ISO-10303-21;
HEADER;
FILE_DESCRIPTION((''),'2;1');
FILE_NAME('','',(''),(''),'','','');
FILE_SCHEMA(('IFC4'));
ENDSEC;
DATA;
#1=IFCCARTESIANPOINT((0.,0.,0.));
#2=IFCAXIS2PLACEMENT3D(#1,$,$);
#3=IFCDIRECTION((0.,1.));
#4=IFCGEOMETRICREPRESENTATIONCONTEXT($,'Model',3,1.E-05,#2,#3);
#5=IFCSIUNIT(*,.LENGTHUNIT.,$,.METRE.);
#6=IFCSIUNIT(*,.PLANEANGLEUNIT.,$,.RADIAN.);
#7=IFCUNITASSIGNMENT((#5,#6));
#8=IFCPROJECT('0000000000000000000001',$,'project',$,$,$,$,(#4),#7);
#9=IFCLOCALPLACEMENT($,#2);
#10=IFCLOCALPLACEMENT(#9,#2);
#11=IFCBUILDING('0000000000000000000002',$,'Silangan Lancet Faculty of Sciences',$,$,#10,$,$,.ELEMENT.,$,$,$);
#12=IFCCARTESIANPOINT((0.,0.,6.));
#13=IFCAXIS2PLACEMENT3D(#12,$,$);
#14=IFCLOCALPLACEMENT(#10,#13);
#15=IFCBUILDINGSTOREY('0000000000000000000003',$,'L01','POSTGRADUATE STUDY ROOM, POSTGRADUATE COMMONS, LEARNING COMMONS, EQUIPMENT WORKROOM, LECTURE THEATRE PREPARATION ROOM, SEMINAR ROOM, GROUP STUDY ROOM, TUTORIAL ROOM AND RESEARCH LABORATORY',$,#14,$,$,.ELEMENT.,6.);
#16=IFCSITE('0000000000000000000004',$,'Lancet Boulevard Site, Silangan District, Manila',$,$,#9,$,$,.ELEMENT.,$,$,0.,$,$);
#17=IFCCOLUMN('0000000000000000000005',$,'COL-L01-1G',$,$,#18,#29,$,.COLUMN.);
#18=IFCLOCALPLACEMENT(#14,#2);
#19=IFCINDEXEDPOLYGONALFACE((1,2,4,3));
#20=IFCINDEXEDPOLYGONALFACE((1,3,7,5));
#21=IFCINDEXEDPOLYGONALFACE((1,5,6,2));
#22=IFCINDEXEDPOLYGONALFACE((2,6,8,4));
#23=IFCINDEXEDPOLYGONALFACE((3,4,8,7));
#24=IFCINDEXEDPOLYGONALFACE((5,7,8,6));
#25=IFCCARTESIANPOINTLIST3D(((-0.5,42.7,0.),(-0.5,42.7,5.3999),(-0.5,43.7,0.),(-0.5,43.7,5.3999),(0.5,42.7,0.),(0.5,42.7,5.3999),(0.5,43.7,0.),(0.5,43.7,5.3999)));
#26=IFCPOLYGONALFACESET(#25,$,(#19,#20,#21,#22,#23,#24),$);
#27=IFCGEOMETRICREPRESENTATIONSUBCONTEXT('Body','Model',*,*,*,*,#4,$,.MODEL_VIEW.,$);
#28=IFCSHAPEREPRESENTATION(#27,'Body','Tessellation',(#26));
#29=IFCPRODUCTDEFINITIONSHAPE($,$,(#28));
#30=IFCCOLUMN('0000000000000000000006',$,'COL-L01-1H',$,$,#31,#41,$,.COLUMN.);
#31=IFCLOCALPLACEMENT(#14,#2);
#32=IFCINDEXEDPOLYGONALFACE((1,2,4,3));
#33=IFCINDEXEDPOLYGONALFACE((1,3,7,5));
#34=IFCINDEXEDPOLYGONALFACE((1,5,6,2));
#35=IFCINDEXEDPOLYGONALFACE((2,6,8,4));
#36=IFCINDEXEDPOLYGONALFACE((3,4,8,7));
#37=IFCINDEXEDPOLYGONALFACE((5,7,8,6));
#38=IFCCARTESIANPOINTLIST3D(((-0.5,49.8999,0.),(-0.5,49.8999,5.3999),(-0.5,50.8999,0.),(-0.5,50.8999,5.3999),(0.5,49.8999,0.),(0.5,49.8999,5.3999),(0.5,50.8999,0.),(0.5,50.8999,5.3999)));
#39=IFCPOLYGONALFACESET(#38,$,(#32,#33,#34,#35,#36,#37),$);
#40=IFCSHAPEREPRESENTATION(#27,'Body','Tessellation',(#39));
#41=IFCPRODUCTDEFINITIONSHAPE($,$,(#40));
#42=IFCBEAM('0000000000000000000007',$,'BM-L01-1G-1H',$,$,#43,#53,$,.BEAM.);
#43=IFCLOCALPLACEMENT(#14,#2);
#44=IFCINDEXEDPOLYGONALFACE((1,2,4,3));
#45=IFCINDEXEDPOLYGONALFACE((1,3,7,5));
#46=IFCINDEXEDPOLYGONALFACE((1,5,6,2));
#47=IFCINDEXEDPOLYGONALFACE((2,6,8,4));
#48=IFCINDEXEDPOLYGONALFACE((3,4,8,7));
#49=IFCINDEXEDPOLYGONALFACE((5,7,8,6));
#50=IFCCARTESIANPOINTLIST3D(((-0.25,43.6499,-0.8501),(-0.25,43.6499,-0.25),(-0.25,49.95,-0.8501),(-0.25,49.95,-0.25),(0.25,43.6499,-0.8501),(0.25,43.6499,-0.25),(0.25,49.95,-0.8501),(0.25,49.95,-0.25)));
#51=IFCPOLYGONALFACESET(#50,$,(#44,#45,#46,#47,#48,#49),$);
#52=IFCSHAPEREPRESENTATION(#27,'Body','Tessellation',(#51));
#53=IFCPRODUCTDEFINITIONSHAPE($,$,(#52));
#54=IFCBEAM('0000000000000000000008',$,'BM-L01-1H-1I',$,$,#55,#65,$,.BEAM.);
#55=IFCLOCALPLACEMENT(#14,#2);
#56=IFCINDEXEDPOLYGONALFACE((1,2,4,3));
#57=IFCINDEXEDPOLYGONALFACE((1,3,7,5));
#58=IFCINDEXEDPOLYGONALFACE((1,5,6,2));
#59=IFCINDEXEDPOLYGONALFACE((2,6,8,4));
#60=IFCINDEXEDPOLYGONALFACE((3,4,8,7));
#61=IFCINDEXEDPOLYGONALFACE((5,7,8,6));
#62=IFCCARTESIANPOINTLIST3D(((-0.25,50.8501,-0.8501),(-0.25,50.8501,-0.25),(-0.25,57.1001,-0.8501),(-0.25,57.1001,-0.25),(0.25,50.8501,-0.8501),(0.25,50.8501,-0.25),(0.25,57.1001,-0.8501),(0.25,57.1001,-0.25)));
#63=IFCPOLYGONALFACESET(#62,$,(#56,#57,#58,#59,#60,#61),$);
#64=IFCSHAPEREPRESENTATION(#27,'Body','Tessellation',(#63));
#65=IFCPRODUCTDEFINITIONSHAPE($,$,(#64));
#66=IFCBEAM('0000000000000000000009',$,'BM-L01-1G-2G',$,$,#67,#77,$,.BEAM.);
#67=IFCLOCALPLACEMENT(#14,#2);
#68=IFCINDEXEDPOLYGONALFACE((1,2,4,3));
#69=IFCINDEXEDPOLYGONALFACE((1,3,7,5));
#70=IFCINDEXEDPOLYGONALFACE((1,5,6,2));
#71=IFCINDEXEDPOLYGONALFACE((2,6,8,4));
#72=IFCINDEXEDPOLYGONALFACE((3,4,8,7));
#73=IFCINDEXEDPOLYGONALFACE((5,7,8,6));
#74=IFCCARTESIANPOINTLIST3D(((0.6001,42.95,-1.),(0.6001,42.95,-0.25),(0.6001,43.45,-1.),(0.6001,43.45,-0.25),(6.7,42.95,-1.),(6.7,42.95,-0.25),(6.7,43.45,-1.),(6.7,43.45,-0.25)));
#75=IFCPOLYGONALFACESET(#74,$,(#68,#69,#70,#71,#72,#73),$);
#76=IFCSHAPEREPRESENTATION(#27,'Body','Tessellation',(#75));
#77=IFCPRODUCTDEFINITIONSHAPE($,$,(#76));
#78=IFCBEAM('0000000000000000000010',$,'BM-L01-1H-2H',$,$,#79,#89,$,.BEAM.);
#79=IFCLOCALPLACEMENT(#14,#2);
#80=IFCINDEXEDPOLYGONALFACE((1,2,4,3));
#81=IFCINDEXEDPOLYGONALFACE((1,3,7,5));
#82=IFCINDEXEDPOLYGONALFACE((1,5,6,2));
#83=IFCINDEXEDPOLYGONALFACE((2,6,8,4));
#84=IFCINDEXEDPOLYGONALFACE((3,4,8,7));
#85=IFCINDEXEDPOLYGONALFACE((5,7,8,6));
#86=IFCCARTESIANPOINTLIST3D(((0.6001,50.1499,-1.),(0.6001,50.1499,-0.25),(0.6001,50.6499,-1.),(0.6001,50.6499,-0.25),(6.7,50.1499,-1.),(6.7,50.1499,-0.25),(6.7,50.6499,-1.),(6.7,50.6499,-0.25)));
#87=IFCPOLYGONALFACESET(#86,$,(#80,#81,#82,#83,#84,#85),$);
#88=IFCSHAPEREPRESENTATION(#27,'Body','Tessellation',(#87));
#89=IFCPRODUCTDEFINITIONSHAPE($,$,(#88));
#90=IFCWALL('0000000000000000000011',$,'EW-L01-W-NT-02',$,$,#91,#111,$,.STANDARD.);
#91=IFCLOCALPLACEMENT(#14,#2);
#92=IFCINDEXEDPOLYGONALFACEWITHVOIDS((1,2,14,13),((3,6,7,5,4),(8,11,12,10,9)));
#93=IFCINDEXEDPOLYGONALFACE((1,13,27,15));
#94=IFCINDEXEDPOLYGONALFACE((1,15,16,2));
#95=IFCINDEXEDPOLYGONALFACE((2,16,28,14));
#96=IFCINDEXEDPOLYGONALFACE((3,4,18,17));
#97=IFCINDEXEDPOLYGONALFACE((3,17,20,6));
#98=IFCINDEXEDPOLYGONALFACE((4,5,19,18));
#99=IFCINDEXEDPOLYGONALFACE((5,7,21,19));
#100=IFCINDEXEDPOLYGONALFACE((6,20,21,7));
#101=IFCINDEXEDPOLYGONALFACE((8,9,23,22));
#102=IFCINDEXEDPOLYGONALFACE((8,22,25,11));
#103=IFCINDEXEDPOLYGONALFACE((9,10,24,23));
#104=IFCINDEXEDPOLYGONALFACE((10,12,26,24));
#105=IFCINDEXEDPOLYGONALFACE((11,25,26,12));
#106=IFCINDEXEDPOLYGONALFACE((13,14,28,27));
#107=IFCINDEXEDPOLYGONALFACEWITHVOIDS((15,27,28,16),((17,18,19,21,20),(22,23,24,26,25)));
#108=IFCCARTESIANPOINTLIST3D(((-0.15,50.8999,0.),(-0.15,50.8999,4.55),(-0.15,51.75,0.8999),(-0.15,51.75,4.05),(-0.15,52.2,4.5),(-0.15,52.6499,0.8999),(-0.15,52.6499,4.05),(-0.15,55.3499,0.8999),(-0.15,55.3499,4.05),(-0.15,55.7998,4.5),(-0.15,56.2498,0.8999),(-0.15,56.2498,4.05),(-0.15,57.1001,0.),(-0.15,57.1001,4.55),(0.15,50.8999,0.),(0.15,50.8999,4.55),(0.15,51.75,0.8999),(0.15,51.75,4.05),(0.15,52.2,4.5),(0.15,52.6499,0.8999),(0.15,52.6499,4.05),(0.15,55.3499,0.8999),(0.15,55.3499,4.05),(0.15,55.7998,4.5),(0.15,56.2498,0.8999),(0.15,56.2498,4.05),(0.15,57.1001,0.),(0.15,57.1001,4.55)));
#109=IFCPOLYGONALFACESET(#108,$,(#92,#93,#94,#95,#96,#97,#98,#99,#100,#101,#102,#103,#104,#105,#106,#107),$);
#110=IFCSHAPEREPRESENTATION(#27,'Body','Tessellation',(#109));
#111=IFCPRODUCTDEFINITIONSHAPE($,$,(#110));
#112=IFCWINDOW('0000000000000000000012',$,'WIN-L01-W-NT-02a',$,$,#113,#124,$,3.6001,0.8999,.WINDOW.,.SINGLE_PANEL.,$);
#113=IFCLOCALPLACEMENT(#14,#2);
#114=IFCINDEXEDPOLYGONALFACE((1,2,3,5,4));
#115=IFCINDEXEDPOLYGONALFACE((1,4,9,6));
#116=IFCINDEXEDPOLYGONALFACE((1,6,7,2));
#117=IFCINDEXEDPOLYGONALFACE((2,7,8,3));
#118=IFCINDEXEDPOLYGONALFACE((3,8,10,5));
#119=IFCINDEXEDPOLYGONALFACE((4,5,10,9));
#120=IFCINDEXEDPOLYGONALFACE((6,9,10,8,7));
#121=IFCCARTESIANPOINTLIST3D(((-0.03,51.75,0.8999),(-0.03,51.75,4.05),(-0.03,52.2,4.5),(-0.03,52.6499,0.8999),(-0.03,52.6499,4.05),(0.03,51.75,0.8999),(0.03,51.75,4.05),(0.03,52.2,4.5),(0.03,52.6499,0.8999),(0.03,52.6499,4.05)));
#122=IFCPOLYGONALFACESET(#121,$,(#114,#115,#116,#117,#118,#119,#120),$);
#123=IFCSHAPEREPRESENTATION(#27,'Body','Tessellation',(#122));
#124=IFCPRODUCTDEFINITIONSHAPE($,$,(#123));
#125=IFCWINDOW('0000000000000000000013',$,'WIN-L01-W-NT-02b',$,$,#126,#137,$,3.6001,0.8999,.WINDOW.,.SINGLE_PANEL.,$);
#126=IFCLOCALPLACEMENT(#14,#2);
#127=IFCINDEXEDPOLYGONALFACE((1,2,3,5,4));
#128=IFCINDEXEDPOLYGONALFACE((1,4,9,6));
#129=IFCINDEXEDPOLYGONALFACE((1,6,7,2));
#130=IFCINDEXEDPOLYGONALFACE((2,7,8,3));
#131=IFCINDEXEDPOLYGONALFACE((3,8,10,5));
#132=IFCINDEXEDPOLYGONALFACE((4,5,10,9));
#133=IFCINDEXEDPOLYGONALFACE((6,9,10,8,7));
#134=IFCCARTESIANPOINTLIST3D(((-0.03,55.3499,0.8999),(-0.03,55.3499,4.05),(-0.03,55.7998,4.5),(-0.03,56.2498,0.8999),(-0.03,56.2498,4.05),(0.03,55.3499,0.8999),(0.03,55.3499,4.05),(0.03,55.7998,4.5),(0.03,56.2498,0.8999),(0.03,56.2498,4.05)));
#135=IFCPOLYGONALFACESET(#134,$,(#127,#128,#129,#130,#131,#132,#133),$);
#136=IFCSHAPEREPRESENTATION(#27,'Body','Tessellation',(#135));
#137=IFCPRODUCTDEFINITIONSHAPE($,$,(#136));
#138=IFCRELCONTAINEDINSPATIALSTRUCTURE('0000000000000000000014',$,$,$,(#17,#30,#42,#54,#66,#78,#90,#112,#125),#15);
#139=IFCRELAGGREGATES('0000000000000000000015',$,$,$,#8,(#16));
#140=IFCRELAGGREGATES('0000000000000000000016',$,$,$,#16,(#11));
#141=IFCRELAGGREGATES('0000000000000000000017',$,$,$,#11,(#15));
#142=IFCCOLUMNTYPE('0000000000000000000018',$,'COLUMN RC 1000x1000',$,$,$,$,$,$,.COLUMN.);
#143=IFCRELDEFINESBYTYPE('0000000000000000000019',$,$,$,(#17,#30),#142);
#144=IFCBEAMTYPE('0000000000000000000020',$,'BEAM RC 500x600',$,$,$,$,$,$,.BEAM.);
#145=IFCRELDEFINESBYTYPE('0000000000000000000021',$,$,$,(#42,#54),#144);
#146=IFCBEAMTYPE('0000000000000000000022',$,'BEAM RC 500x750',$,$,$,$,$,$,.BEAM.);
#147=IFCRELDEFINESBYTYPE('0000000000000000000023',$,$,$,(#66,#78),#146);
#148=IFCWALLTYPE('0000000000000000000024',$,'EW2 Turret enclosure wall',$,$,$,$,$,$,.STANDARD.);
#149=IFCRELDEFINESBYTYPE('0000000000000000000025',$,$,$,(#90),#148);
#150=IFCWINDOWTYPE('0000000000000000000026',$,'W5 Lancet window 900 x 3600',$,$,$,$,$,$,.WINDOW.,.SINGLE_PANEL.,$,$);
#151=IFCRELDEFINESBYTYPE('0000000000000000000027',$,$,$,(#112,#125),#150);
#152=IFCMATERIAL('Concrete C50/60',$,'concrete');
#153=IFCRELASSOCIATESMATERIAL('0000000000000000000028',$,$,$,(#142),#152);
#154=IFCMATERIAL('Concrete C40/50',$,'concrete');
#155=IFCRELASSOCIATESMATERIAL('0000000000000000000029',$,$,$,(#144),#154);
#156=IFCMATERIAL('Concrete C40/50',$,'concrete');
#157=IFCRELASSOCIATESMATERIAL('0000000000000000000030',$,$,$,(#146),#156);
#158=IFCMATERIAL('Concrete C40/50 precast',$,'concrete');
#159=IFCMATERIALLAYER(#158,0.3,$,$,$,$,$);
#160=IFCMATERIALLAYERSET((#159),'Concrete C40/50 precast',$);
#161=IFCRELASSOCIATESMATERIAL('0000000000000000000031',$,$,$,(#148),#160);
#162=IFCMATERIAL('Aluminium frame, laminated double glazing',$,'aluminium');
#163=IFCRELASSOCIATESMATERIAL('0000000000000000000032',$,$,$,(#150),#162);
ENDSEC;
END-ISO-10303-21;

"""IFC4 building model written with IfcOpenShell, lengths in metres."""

from ifc_helpers import new_model, si_unit, direction, frame, frame_2d, origin, origin_2d, place, context, subcontext, project, spatial, polyline, rectangle, outline, extrude, material, layer, layer_set, material_profile, profile_set, type_object, element, fill, save


model = new_model("IFC4")

# Units and contexts
model_context = context("Model", 3, precision=1e-05, world=origin(), true_north=direction((0.0, 1.0)))
body_context = subcontext(model_context, "Body", "Model", "MODEL_VIEW")
ifc_project = project(units=[si_unit("LENGTHUNIT", "METRE"), si_unit("PLANEANGLEUNIT", "RADIAN")], contexts=[model_context])

# Site, building, storey
site_placement = place(None, origin())
site = spatial("IfcSite", under=ifc_project, at=site_placement, Name="Lancet Boulevard Site, Silangan District, Manila", CompositionType="ELEMENT", RefElevation=0.0)
building_placement = place(site_placement, origin())
building = spatial("IfcBuilding", under=site, at=building_placement, Name="Silangan Lancet Faculty of Sciences", CompositionType="ELEMENT")
storey_placement = place(building_placement, frame((0.0, 0.0, 6.0)))
storey = spatial("IfcBuildingStorey", under=building, at=storey_placement, Name="L01", Description="POSTGRADUATE STUDY ROOM, POSTGRADUATE COMMONS, LEARNING COMMONS, EQUIPMENT WORKROOM, LECTURE THEATRE PREPARATION ROOM, SEMINAR ROOM, GROUP STUDY ROOM, TUTORIAL ROOM AND RESEARCH LABORATORY", CompositionType="ELEMENT", Elevation=6.0)

# Columns
ifc_material_1 = material(Name="Concrete C50/60", Category="concrete")
ifc_material_profile_1 = material_profile(ifc_material_1, rectangle(XDim=1.0, YDim=1.0, at=origin_2d()), Name="RC 1000x1000")
ifc_profile_set_1 = profile_set([ifc_material_profile_1], Name="Concrete C50/60")
column_type = type_object("IfcColumnType", Name="COLUMN RC 1000x1000", PredefinedType="COLUMN", material=ifc_profile_set_1)
for number, where, z_axis, x_axis, name in (
    (1, (0.0, 43.2, 0.0), (0.0, 0.0, 1.0), (1.0, 0.0, 0.0), "COL-L01-1G"),
    (2, (0.0, 50.3999, 0.0), (0.0, 0.0, 1.0), (1.0, 0.0, 0.0), "COL-L01-1H"),
):
    element("IfcColumn", number, at=place(storey_placement, frame(where, z_axis=z_axis, x_axis=x_axis)), inside=storey, type_object=column_type, Name=name, PredefinedType="COLUMN", context=body_context, shape_type="SweptSolid", body=[
        extrude(rectangle(XDim=1.0, YDim=1.0, at=origin_2d()), origin(), (0.0, 0.0, 1.0), 5.3999),
    ])

# Beams
ifc_material_2 = material(Name="Concrete C40/50", Category="concrete")
ifc_material_profile_2 = material_profile(ifc_material_2, rectangle(XDim=0.5, YDim=0.6001, at=origin_2d()), Name="RC 500x600")
ifc_profile_set_2 = profile_set([ifc_material_profile_2], Name="Concrete C40/50")
beam_type_1 = type_object("IfcBeamType", Name="BEAM RC 500x600", PredefinedType="BEAM", material=ifc_profile_set_2)
beam_1_placement = place(storey_placement, frame((0.0, 43.6499, -0.55), z_axis=(0.0, 1.0, 0.0), x_axis=(-1.0, 0.0, 0.0)))
element("IfcBeam", 3, at=beam_1_placement, inside=storey, type_object=beam_type_1, Name="BM-L01-1G-1H", PredefinedType="BEAM", context=body_context, shape_type="SweptSolid", body=[
    extrude(rectangle(XDim=0.5, YDim=0.6001, at=origin_2d()), origin(), (0.0, 0.0, 1.0), 6.3),
])
beam_2_placement = place(storey_placement, frame((0.0, 50.8501, -0.55), z_axis=(0.0, 1.0, 0.0), x_axis=(-1.0, 0.0, 0.0)))
element("IfcBeam", 4, at=beam_2_placement, inside=storey, type_object=beam_type_1, Name="BM-L01-1H-1I", PredefinedType="BEAM", context=body_context, shape_type="SweptSolid", body=[
    extrude(rectangle(XDim=0.5, YDim=0.6001, at=origin_2d()), origin(), (0.0, 0.0, 1.0), 6.25),
])
ifc_material_3 = material(Name="Concrete C40/50", Category="concrete")
ifc_material_profile_3 = material_profile(ifc_material_3, rectangle(XDim=0.5, YDim=0.75, at=origin_2d()), Name="RC 500x750")
ifc_profile_set_3 = profile_set([ifc_material_profile_3], Name="Concrete C40/50")
beam_type_2 = type_object("IfcBeamType", Name="BEAM RC 500x750", PredefinedType="BEAM", material=ifc_profile_set_3)
for number, where, z_axis, x_axis, name in (
    (5, (0.6001, 43.2, -0.625), (1.0, 0.0, 0.0), (0.0, 1.0, 0.0), "BM-L01-1G-2G"),
    (6, (0.6001, 50.3999, -0.625), (1.0, 0.0, 0.0), (0.0, 1.0, 0.0), "BM-L01-1H-2H"),
):
    element("IfcBeam", number, at=place(storey_placement, frame(where, z_axis=z_axis, x_axis=x_axis)), inside=storey, type_object=beam_type_2, Name=name, PredefinedType="BEAM", context=body_context, shape_type="SweptSolid", body=[
        extrude(rectangle(XDim=0.5, YDim=0.75, at=origin_2d()), origin(), (0.0, 0.0, 1.0), 6.0999),
    ])

# Wall, openings, windows
ifc_material_4 = material(Name="Concrete C40/50 precast", Category="concrete")
ifc_layer_1 = layer(ifc_material_4, 0.3)
ifc_layer_set_1 = layer_set([ifc_layer_1], Name="Concrete C40/50 precast")
wall_type_1 = type_object("IfcWallType", Name="EW2 Turret enclosure wall", PredefinedType="STANDARD", material=ifc_layer_set_1)
wall_1_placement = place(storey_placement, frame((0.0, 50.8999, 0.0), z_axis=(0.0, 0.0, 1.0), x_axis=(0.0, 1.0, 0.0)))
wall_1 = element("IfcWall", 7, at=wall_1_placement, inside=storey, type_object=wall_type_1, Name="EW-L01-W-NT-02", PredefinedType="STANDARD", context=body_context, shape_type="SweptSolid", body=[
    extrude(rectangle(XDim=6.2002, YDim=0.3, at=frame_2d((3.1001, 0.0))), origin(), (0.0, 0.0, 1.0), 4.55),
])
opening_1_placement = place(wall_1_placement, frame((0.8501, 0.0, 0.8999)))
opening_1 = element("IfcOpeningElement", 8, at=opening_1_placement, cuts=wall_1, PredefinedType="OPENING", context=body_context, shape_type="SweptSolid", body=[
    extrude(outline(polyline([(0.0, 0.0), (0.8999, 0.0), (0.8999, 3.1501), (0.45, 3.6001), (0.0, 3.1501), (0.0, 0.0)])), frame((0.0, 0.1599, 0.0), z_axis=(0.0, -1.0, 0.0), x_axis=(1.0, 0.0, 0.0)), (0.0, 0.0, 1.0), 0.3201),
])
opening_2_placement = place(wall_1_placement, frame((4.45, 0.0, 0.8999)))
opening_2 = element("IfcOpeningElement", 9, at=opening_2_placement, cuts=wall_1, PredefinedType="OPENING", context=body_context, shape_type="SweptSolid", body=[
    extrude(outline(polyline([(0.0, 0.0), (0.8999, 0.0), (0.8999, 3.1501), (0.45, 3.6001), (0.0, 3.1501), (0.0, 0.0)])), frame((0.0, 0.1599, 0.0), z_axis=(0.0, -1.0, 0.0), x_axis=(1.0, 0.0, 0.0)), (0.0, 0.0, 1.0), 0.3201),
])
ifc_material_5 = material(Name="Aluminium frame, laminated double glazing", Category="aluminium")
window_type_1 = type_object("IfcWindowType", Name="W5 Lancet window 900 x 3600", PartitioningType="SINGLE_PANEL", PredefinedType="WINDOW", material=ifc_material_5)
window_1_placement = place(opening_1_placement, origin())
window_1 = element("IfcWindow", 10, at=window_1_placement, inside=storey, type_object=window_type_1, Name="WIN-L01-W-NT-02a", OverallHeight=3.6001, OverallWidth=0.8999, PartitioningType="SINGLE_PANEL", PredefinedType="WINDOW", context=body_context, shape_type="SweptSolid", body=[
    extrude(outline(polyline([(0.0, 0.0), (0.8999, 0.0), (0.8999, 3.1501), (0.45, 3.6001), (0.0, 3.1501), (0.0, 0.0)])), frame((0.0, 0.03, 0.0), z_axis=(0.0, -1.0, 0.0), x_axis=(1.0, 0.0, 0.0)), (0.0, 0.0, 1.0), 0.0601),
])
fill(opening_1, window_1)
window_2_placement = place(opening_2_placement, origin())
window_2 = element("IfcWindow", 11, at=window_2_placement, inside=storey, type_object=window_type_1, Name="WIN-L01-W-NT-02b", OverallHeight=3.6001, OverallWidth=0.8999, PartitioningType="SINGLE_PANEL", PredefinedType="WINDOW", context=body_context, shape_type="SweptSolid", body=[
    extrude(outline(polyline([(0.0, 0.0), (0.8999, 0.0), (0.8999, 3.1501), (0.45, 3.6001), (0.0, 3.1501), (0.0, 0.0)])), frame((0.0, 0.03, 0.0), z_axis=(0.0, -1.0, 0.0), x_axis=(1.0, 0.0, 0.0)), (0.0, 0.0, 1.0), 0.0601),
])
fill(opening_2, window_2)

save(model, "model.ifc")
